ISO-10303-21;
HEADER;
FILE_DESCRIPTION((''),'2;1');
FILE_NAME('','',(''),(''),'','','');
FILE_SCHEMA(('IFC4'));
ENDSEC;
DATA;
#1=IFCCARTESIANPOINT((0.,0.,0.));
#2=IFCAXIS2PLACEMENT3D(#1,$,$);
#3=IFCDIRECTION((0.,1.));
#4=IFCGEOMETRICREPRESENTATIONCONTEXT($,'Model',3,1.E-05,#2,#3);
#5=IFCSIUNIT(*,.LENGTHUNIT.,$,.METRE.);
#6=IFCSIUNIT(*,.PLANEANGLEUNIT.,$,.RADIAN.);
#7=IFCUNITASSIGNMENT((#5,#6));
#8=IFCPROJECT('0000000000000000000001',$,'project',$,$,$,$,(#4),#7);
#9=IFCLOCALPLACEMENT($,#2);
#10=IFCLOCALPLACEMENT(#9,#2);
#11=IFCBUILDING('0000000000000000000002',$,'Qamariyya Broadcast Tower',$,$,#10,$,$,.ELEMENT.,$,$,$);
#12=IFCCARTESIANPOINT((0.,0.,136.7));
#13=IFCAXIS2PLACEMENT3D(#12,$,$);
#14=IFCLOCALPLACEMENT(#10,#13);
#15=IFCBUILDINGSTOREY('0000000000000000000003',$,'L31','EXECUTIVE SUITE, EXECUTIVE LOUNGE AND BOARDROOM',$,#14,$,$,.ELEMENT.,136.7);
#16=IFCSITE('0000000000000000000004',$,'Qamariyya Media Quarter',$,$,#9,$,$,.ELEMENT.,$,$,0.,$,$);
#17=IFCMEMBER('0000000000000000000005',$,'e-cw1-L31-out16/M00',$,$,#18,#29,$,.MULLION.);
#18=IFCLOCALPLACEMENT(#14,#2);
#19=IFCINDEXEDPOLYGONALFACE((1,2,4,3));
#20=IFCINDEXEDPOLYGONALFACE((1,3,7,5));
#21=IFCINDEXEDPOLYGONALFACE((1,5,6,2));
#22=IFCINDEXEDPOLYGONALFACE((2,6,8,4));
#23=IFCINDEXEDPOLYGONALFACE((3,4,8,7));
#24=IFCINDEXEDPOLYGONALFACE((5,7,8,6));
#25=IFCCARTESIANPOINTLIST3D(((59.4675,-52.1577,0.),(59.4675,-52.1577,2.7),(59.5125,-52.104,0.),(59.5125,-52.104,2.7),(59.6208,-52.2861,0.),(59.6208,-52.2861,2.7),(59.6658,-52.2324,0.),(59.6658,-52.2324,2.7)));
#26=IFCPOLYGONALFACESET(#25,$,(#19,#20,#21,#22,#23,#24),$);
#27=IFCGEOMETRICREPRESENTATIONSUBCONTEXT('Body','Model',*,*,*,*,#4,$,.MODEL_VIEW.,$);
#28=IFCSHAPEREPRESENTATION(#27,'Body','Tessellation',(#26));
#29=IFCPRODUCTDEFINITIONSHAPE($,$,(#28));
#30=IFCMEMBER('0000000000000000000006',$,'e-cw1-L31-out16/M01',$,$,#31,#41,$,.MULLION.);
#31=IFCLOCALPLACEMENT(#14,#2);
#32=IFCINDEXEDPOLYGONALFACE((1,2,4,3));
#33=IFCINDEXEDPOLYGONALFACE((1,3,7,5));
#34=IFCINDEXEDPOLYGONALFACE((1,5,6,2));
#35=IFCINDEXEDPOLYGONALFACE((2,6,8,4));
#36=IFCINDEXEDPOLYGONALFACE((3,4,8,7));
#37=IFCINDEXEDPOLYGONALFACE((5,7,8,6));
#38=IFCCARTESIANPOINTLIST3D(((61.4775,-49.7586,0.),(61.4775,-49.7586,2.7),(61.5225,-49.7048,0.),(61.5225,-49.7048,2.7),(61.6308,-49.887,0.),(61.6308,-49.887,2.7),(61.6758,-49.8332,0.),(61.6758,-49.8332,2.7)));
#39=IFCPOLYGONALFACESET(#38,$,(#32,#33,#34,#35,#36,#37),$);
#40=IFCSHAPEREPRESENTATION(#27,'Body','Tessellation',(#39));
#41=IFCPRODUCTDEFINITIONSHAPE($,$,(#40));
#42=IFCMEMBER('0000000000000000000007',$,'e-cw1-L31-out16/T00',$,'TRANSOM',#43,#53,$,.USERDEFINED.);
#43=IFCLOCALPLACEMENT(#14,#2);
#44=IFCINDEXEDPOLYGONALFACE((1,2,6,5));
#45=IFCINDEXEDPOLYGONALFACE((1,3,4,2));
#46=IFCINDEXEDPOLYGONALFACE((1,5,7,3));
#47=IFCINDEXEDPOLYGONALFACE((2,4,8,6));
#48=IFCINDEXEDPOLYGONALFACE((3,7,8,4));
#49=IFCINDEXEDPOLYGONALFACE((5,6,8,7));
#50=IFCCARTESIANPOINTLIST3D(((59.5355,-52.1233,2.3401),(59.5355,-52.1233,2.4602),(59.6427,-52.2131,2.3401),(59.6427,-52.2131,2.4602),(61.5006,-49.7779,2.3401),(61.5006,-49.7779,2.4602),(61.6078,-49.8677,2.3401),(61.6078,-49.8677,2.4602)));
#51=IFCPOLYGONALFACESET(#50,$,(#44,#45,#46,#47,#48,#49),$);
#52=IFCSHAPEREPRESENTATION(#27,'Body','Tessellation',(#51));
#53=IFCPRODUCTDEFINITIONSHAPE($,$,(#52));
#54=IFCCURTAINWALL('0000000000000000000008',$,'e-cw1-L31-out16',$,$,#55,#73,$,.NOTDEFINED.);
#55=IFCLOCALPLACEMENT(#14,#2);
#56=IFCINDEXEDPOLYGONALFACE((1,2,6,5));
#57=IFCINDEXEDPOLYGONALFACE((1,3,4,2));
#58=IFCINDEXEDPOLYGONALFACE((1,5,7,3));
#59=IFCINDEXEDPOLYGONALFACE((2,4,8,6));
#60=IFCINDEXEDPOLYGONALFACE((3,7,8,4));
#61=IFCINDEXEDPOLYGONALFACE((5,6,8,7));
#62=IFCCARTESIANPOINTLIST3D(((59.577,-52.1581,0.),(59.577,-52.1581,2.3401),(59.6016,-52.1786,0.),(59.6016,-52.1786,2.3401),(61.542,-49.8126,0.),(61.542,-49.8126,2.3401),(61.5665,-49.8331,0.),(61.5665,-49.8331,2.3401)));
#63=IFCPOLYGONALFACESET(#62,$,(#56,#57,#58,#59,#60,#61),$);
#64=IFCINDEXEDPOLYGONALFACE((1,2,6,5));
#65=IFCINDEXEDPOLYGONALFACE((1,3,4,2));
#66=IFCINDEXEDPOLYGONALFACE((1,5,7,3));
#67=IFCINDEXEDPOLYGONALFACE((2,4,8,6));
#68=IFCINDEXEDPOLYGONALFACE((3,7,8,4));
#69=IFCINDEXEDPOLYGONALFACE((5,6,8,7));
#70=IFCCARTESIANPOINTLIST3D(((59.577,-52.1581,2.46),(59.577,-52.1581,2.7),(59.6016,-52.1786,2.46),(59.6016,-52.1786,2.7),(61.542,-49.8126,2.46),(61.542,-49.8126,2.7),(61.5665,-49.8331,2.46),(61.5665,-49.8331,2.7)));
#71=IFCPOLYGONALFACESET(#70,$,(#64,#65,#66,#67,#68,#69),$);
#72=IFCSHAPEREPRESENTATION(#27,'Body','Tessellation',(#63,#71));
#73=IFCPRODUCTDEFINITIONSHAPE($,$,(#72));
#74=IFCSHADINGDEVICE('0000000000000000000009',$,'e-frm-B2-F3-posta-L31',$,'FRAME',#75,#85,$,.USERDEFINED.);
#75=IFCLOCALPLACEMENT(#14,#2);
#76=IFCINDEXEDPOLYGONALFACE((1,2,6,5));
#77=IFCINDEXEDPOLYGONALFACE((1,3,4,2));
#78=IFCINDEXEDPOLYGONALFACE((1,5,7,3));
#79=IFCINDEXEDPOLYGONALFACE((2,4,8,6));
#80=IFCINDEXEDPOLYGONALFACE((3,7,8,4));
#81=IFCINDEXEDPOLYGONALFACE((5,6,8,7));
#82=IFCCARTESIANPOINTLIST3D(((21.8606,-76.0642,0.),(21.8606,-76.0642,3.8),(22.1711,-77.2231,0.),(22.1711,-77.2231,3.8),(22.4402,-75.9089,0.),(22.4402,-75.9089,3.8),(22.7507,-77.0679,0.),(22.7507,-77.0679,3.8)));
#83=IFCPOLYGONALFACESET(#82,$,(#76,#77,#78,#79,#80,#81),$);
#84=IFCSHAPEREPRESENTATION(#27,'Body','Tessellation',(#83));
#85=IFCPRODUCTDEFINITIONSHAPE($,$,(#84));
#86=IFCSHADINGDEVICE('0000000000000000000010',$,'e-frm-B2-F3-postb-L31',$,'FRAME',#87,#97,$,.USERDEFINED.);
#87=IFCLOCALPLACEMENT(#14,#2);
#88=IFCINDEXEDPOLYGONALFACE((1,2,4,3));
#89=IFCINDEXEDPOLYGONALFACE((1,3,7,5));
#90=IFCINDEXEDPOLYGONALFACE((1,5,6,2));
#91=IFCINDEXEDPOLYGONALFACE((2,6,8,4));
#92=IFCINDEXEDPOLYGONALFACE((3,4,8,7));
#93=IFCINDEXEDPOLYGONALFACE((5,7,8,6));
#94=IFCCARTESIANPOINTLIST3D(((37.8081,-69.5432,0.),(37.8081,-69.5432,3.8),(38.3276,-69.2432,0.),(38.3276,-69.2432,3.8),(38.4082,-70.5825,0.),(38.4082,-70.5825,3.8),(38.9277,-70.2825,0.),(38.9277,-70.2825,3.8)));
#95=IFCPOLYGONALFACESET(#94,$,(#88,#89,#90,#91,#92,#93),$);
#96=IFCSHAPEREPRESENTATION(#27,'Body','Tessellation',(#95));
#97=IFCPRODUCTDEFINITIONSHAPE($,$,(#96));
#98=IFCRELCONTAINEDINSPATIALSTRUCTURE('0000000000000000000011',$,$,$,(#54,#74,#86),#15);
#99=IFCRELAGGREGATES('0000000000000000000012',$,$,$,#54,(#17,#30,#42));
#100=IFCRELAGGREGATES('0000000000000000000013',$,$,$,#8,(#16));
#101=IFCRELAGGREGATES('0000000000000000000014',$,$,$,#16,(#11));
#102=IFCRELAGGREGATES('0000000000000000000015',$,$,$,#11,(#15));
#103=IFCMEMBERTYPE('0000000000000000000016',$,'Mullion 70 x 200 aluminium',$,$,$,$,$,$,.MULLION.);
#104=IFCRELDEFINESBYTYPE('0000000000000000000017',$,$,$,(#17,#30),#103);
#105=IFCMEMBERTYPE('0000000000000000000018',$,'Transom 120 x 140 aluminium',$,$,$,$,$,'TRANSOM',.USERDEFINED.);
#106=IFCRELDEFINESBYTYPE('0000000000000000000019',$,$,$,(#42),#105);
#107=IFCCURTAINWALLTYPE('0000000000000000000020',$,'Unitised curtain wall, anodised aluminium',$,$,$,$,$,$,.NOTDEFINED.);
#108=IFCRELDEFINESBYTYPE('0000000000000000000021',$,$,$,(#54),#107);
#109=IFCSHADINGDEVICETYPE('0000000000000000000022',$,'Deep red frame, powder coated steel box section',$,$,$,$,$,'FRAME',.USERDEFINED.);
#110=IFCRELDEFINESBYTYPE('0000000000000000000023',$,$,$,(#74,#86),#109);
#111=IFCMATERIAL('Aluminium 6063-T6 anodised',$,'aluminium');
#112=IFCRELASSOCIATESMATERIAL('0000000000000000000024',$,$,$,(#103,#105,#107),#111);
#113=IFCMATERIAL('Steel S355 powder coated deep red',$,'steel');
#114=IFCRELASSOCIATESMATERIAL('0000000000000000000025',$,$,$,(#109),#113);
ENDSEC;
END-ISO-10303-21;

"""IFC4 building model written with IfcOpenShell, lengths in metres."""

from ifc_helpers import new_model, si_unit, direction, frame, origin, origin_2d, place, context, subcontext, project, spatial, polyline, rectangle, outline, extrude, material, material_profile, profile_set, type_object, element, aggregate, save


model = new_model("IFC4")

# Units and contexts
model_context = context("Model", 3, precision=1e-05, world=origin(), true_north=direction((0.0, 1.0)))
body_context = subcontext(model_context, "Body", "Model", "MODEL_VIEW")
ifc_project = project(units=[si_unit("LENGTHUNIT", "METRE"), si_unit("PLANEANGLEUNIT", "RADIAN")], contexts=[model_context])

# Members
ifc_material_1 = material(Name="Aluminium 6063-T6 anodised", Category="aluminium")
ifc_material_profile_1 = material_profile(ifc_material_1, rectangle(XDim=0.2, YDim=0.0701, at=origin_2d()))
ifc_profile_set_1 = profile_set([ifc_material_profile_1], Name="Aluminium 6063-T6 anodised")
member_type_1 = type_object("IfcMemberType", Name="Mullion 70 x 200 aluminium", PredefinedType="MULLION", material=ifc_profile_set_1)
site_placement = place(None, origin())
building_placement = place(site_placement, origin())
storey_placement = place(building_placement, frame((0.0, 0.0, 136.7)))
member_1_placement = place(storey_placement, frame((59.5667, -52.1951, 0.0), z_axis=(0.0, 0.0, 1.0), x_axis=(-0.766551, 0.642184, 0.0)))
member_1 = element("IfcMember", 1, at=member_1_placement, type_object=member_type_1, Name="e-cw1-L31-out16/M00", PredefinedType="MULLION", context=body_context, shape_type="SweptSolid", body=[
    extrude(rectangle(XDim=0.2, YDim=0.0701, at=origin_2d()), origin(), (0.0, 0.0, 1.0), 2.7),
])
member_2_placement = place(storey_placement, frame((61.5767, -49.7959, 0.0), z_axis=(0.0, 0.0, 1.0), x_axis=(-0.766551, 0.642184, 0.0)))
member_2 = element("IfcMember", 2, at=member_2_placement, type_object=member_type_1, Name="e-cw1-L31-out16/M01", PredefinedType="MULLION", context=body_context, shape_type="SweptSolid", body=[
    extrude(rectangle(XDim=0.2, YDim=0.0701, at=origin_2d()), origin(), (0.0, 0.0, 1.0), 2.7),
])
ifc_material_profile_2 = material_profile(ifc_material_1, rectangle(XDim=0.1399, YDim=0.1201, at=origin_2d()))
ifc_profile_set_2 = profile_set([ifc_material_profile_2], Name="Aluminium 6063-T6 anodised")
member_type_2 = type_object("IfcMemberType", Name="Transom 120 x 140 aluminium", ElementType="TRANSOM", PredefinedType="USERDEFINED", material=ifc_profile_set_2)
member_3_placement = place(storey_placement, frame((59.5891, -52.1682, 2.4001), z_axis=(0.642215, 0.766525, 0.0), x_axis=(-0.766525, 0.642215, 0.0)))
member_3 = element("IfcMember", 3, at=member_3_placement, type_object=member_type_2, Name="e-cw1-L31-out16/T00", ObjectType="TRANSOM", PredefinedType="USERDEFINED", context=body_context, shape_type="SweptSolid", body=[
    extrude(rectangle(XDim=0.1399, YDim=0.1201, at=origin_2d()), origin(), (0.0, 0.0, 1.0), 3.0598),
])

# Site, building, storey
site = spatial("IfcSite", under=ifc_project, at=site_placement, Name="Qamariyya Media Quarter", CompositionType="ELEMENT", RefElevation=0.0)
building = spatial("IfcBuilding", under=site, at=building_placement, Name="Qamariyya Broadcast Tower", CompositionType="ELEMENT")
storey = spatial("IfcBuildingStorey", under=building, at=storey_placement, Name="L31", Description="EXECUTIVE SUITE, EXECUTIVE LOUNGE AND BOARDROOM", CompositionType="ELEMENT", Elevation=136.7)

# Curtain wall
curtain_wall_type = type_object("IfcCurtainWallType", Name="Unitised curtain wall, anodised aluminium", PredefinedType="NOTDEFINED", material=ifc_material_1)
curtain_wall_1_placement = place(storey_placement, origin())
curtain_wall_1 = element("IfcCurtainWall", 4, at=curtain_wall_1_placement, inside=storey, type_object=curtain_wall_type, Name="e-cw1-L31-out16", PredefinedType="NOTDEFINED", context=body_context, shape_type="SweptSolid", body=[
    extrude(rectangle(XDim=3.0598, YDim=0.032, at=origin_2d()), frame((60.5718, -50.9956, 0.0), x_axis=(0.642186, 0.766549, 0.0)), (0.0, 0.0, 1.0), 2.3401),
    extrude(rectangle(XDim=3.0598, YDim=0.032, at=origin_2d()), frame((60.5718, -50.9956, 2.46), x_axis=(0.642186, 0.766549, 0.0)), (0.0, 0.0, 1.0), 0.24),
])
aggregate(curtain_wall_1, [member_1, member_2, member_3])

# Shading devices
ifc_material_2 = material(Name="Steel S355 powder coated deep red", Category="steel")
shading_device_type = type_object("IfcShadingDeviceType", Name="Deep red frame, powder coated steel box section", ElementType="FRAME", PredefinedType="USERDEFINED", material=ifc_material_2)
shading_device_1_placement = place(storey_placement, origin())
element("IfcShadingDevice", 5, at=shading_device_1_placement, inside=storey, type_object=shading_device_type, Name="e-frm-B2-F3-posta-L31", ObjectType="FRAME", PredefinedType="USERDEFINED", context=body_context, shape_type="SweptSolid", body=[
    extrude(outline(polyline([(21.8606, -76.0642), (22.1711, -77.2231), (22.7507, -77.0679), (22.4402, -75.9089), (21.8606, -76.0642)])), origin(), (0.0, 0.0, 1.0), 3.8),
])
shading_device_2_placement = place(storey_placement, origin())
element("IfcShadingDevice", 6, at=shading_device_2_placement, inside=storey, type_object=shading_device_type, Name="e-frm-B2-F3-postb-L31", ObjectType="FRAME", PredefinedType="USERDEFINED", context=body_context, shape_type="SweptSolid", body=[
    extrude(outline(polyline([(37.8081, -69.5432), (38.4082, -70.5825), (38.9277, -70.2825), (38.3276, -69.2432), (37.8081, -69.5432)])), origin(), (0.0, 0.0, 1.0), 3.8),
])

save(model, "model.ifc")
